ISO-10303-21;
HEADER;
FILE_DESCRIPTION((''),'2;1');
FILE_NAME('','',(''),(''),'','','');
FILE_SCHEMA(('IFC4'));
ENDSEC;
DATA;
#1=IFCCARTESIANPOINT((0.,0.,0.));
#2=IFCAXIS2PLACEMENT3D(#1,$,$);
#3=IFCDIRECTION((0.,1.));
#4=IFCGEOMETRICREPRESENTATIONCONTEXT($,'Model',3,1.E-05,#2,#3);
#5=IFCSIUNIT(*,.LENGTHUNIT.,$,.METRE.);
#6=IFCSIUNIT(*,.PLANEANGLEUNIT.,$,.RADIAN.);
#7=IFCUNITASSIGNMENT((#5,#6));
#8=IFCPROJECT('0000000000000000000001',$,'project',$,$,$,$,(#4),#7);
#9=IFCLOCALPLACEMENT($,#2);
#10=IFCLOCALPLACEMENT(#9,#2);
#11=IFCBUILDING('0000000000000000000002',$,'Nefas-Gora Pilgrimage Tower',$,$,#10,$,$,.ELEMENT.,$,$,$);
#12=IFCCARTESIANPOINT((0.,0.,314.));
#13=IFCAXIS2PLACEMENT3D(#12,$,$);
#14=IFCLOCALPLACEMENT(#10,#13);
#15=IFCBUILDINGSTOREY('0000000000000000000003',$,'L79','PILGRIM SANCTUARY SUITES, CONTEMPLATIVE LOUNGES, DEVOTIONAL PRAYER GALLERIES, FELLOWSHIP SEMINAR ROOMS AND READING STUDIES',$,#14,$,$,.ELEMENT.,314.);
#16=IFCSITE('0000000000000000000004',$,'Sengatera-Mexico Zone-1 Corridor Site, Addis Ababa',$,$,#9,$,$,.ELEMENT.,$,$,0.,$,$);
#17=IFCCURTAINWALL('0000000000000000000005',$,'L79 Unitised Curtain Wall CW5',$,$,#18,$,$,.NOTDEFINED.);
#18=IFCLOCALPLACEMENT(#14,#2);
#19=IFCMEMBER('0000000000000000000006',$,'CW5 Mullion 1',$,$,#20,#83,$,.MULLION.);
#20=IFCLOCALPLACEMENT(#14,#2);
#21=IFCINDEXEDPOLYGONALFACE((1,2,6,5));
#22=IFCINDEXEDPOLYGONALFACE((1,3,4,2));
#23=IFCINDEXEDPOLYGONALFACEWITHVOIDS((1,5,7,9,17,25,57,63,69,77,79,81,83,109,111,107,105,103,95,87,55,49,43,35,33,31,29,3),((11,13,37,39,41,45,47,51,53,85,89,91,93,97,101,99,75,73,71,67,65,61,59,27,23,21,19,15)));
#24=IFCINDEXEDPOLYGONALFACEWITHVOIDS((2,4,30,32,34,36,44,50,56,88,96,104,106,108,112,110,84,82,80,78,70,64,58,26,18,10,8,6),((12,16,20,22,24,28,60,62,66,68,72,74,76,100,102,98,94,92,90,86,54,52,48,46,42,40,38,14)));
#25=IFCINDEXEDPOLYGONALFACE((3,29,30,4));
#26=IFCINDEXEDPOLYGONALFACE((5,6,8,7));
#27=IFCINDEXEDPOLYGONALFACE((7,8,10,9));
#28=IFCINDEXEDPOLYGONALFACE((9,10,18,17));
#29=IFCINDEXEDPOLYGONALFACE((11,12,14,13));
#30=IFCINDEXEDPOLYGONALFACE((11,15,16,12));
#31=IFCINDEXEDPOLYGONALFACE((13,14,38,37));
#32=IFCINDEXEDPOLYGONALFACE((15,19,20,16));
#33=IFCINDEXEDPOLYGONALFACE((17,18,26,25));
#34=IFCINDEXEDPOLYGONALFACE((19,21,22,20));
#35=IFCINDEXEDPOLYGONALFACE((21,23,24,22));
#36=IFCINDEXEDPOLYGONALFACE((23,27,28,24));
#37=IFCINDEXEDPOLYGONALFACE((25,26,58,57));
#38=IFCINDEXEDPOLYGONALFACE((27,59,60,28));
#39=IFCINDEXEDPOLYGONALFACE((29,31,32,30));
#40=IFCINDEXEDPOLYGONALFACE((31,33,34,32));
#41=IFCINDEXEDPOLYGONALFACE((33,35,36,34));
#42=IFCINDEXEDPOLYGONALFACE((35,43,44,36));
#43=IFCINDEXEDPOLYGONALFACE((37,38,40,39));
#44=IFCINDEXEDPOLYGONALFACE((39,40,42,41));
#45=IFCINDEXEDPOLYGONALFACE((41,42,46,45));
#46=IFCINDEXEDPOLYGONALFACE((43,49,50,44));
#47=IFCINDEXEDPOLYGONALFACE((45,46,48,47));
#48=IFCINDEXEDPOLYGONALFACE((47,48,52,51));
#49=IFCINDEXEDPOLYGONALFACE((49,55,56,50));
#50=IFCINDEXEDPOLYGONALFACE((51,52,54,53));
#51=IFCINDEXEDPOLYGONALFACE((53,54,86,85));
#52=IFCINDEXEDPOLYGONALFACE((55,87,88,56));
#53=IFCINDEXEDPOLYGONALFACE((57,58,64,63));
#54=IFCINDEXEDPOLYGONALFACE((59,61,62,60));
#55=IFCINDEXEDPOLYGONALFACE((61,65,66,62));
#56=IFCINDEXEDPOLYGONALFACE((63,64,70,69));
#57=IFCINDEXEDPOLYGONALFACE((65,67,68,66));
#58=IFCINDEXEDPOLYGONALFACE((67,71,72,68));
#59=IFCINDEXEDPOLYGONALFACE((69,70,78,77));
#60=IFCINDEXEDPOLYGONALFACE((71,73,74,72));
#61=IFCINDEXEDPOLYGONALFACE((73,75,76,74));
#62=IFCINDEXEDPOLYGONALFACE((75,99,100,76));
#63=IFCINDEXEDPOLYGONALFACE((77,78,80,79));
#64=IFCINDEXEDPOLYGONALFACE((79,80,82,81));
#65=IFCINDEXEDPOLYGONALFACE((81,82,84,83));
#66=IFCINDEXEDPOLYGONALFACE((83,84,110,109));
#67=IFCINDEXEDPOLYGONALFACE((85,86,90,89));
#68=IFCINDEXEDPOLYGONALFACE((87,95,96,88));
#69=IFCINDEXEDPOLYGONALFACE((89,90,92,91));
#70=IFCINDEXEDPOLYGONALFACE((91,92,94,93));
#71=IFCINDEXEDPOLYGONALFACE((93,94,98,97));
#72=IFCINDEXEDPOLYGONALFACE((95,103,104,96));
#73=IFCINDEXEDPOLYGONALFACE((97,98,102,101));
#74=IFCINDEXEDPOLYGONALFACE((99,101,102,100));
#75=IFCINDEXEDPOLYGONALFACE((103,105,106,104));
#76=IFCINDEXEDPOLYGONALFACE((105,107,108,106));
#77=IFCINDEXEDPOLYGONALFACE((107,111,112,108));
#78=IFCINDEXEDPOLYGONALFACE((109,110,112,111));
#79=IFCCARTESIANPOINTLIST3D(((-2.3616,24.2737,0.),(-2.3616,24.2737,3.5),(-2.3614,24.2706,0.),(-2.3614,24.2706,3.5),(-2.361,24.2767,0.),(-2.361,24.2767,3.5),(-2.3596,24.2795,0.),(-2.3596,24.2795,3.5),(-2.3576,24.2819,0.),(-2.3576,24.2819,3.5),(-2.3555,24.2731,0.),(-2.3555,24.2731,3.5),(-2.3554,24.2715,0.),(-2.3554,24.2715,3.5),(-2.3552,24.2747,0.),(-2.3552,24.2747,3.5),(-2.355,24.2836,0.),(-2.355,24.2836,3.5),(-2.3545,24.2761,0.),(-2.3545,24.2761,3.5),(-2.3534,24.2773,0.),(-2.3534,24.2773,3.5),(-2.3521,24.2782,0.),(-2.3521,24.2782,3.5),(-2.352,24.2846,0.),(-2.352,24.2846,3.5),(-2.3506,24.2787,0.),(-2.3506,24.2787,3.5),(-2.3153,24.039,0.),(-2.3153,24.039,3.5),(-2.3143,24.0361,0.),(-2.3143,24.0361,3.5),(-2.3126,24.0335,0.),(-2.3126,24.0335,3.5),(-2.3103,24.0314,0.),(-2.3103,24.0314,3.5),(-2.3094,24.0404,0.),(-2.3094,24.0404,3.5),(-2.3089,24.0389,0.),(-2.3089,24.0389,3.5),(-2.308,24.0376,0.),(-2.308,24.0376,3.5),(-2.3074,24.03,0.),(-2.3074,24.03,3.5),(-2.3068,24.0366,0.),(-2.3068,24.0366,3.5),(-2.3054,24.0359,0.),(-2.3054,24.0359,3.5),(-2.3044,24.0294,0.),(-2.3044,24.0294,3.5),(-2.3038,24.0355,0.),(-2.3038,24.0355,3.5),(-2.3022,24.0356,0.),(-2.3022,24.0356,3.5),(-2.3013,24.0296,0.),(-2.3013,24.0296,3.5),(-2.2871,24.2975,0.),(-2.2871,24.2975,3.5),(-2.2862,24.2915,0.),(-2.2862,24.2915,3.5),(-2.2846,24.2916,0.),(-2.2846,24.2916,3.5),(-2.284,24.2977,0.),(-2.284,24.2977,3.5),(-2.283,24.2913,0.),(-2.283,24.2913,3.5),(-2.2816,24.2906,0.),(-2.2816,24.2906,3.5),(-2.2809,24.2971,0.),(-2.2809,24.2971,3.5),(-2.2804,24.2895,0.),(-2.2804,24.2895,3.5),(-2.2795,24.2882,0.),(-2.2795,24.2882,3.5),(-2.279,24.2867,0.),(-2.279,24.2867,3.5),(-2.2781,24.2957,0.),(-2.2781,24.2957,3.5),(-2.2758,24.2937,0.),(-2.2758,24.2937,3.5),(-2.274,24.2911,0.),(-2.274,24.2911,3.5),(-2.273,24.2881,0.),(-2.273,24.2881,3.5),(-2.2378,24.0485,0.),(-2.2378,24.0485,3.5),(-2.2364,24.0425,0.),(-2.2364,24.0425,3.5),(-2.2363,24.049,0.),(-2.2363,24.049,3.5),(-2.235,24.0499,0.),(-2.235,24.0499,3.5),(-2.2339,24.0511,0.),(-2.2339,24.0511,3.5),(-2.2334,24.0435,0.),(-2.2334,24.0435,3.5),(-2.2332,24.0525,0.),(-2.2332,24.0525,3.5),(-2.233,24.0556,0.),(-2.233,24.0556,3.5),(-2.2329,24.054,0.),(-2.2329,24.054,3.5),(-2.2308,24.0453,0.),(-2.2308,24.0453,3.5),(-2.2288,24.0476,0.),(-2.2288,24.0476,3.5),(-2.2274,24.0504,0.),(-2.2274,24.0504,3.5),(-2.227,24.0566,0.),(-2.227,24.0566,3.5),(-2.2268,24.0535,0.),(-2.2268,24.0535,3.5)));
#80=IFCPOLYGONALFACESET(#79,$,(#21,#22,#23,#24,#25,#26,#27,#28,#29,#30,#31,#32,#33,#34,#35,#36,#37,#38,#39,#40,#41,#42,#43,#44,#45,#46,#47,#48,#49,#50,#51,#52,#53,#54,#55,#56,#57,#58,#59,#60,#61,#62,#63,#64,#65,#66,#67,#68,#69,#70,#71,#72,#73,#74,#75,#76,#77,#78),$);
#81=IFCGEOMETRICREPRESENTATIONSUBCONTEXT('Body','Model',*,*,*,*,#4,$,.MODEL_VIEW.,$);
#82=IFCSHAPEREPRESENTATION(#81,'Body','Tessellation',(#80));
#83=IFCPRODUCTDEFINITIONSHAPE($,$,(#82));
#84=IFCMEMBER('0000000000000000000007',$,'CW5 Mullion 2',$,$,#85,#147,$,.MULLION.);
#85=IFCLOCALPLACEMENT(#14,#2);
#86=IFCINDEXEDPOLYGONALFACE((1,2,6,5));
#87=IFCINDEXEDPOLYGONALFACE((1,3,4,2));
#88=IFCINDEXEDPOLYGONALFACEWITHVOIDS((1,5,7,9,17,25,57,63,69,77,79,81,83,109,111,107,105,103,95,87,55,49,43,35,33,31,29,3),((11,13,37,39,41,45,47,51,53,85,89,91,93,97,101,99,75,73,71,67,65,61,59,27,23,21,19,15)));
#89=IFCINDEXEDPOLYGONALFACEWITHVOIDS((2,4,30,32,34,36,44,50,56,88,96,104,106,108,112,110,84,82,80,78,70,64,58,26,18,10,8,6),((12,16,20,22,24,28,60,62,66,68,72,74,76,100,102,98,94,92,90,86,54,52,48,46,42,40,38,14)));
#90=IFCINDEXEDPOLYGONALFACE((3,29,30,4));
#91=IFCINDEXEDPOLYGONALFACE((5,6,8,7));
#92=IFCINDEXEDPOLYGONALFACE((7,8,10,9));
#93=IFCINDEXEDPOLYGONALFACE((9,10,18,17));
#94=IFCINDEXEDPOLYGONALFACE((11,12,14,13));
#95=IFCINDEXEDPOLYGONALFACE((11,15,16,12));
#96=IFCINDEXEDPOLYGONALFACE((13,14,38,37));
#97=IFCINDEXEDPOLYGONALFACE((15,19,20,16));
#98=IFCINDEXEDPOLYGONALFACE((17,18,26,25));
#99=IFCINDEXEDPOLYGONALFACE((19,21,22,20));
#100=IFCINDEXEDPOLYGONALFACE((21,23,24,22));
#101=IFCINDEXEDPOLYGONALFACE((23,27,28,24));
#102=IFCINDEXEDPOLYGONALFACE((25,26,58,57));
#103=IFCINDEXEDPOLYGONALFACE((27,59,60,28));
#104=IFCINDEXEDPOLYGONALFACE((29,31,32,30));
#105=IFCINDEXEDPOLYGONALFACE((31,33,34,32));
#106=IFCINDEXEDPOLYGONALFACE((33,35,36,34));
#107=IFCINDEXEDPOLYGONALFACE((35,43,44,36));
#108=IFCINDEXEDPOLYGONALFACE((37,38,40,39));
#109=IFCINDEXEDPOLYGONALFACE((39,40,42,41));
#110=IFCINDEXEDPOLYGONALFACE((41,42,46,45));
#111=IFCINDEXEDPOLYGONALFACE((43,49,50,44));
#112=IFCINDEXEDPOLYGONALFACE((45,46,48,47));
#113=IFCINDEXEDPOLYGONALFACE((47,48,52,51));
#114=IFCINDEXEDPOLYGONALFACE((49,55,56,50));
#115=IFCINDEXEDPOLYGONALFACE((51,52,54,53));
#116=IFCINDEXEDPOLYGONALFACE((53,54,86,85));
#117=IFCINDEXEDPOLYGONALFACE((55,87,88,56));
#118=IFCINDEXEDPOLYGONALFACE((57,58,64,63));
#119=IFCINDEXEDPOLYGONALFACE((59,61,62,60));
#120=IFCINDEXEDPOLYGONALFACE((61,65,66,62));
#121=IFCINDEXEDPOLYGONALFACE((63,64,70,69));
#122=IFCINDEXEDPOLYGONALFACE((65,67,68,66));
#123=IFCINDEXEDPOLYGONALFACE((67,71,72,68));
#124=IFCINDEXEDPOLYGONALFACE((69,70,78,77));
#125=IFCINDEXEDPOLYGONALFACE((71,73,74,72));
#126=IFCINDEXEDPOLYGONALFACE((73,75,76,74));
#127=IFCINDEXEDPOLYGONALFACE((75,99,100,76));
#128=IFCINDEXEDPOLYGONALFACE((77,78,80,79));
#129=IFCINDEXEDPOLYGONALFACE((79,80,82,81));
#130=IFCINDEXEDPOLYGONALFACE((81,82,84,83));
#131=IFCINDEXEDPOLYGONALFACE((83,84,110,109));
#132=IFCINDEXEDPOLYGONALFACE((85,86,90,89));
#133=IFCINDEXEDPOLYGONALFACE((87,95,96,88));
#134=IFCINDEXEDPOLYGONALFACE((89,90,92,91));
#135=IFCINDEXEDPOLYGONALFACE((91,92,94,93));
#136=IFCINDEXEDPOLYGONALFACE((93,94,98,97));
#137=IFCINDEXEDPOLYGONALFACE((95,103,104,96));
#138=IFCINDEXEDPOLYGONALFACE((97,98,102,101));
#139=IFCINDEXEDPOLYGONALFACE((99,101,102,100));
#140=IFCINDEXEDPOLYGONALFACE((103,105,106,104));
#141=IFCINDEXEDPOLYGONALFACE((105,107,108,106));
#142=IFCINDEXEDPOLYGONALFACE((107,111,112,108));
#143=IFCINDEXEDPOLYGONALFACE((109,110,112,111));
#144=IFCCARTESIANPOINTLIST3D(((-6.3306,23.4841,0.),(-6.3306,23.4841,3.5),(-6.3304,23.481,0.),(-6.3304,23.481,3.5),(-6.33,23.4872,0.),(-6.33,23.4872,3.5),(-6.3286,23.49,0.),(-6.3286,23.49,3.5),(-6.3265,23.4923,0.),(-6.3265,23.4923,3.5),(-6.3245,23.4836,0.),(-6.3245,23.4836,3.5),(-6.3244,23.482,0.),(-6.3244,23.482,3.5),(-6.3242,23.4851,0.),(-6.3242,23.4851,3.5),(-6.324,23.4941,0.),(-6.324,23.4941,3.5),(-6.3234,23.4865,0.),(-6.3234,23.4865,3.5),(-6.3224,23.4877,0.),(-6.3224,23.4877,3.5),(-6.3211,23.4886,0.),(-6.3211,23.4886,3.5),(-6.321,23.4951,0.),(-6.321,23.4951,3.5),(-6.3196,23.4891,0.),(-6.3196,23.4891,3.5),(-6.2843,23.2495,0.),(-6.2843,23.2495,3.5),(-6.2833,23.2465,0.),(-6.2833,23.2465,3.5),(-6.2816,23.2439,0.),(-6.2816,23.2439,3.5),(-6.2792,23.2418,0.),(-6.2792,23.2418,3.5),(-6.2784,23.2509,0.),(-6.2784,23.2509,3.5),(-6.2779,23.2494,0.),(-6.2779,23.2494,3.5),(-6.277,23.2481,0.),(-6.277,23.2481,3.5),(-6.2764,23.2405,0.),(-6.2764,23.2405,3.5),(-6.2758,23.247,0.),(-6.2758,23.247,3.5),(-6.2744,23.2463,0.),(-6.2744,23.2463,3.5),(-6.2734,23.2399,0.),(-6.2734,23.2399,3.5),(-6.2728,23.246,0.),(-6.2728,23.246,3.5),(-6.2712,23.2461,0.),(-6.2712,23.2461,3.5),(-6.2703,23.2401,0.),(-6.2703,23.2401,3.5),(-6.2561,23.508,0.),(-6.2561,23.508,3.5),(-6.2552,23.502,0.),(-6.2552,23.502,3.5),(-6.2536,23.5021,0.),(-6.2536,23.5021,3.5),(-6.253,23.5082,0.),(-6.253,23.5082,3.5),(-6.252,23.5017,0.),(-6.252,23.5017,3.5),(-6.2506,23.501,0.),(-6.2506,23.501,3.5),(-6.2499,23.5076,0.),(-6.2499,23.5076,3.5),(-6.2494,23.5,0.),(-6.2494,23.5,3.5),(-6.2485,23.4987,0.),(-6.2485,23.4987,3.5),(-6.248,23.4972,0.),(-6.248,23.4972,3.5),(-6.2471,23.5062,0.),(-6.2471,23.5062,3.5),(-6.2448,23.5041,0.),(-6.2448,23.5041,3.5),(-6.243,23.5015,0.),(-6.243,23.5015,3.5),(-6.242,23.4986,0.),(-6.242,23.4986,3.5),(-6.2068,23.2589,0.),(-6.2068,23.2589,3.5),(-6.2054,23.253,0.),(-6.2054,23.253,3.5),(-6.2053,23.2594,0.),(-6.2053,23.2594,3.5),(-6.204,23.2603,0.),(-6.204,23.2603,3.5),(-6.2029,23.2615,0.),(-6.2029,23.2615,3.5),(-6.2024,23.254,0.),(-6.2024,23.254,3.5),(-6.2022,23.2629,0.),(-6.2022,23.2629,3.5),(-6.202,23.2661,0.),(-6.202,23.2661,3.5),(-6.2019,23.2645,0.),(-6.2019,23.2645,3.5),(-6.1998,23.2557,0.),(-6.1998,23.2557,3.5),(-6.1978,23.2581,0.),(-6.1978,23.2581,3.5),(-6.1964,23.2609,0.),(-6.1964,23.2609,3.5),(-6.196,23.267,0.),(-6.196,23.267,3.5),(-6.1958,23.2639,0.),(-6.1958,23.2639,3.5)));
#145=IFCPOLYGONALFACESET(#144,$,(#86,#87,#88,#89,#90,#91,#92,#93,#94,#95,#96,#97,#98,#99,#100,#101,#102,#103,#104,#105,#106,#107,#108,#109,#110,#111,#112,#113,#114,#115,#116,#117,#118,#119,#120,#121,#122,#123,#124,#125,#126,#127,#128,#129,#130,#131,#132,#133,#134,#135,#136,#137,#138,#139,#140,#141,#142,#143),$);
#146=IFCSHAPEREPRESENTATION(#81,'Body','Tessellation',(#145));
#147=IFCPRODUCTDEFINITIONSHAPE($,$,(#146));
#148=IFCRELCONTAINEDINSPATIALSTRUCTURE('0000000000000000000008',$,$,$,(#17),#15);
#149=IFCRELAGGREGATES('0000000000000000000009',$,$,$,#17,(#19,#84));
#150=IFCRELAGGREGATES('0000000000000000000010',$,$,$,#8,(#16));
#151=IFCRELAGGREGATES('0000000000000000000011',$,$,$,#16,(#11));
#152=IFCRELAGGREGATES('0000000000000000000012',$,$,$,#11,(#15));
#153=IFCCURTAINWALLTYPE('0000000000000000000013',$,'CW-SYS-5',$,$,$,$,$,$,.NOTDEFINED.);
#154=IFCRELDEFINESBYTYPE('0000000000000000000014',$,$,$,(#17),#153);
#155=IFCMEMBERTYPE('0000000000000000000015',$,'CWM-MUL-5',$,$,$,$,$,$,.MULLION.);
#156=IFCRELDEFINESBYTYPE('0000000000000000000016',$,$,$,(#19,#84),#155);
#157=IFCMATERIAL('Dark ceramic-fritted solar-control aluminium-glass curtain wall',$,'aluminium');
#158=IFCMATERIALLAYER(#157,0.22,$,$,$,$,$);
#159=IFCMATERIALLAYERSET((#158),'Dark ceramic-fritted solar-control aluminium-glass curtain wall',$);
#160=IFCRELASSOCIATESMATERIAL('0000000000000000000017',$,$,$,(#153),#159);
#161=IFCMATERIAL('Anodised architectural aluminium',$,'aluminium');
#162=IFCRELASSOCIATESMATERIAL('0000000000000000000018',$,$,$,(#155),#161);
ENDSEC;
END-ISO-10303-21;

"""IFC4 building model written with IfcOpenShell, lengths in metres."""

from ifc_helpers import new_model, si_unit, direction, frame, origin, origin_2d, place, context, subcontext, project, spatial, hollow_rectangle, extrude, source, transform, mapped, material, layer, layer_set, material_profile, profile_set, type_object, element, aggregate, save


model = new_model("IFC4")

# Units and contexts
model_context = context("Model", 3, precision=1e-05, world=origin(), true_north=direction((0.0, 1.0)))
body_context = subcontext(model_context, "Body", "Model", "MODEL_VIEW")
ifc_project = project(units=[si_unit("LENGTHUNIT", "METRE"), si_unit("PLANEANGLEUNIT", "RADIAN")], contexts=[model_context])

# Site, building, storey
site_placement = place(None, origin())
site = spatial("IfcSite", under=ifc_project, at=site_placement, Name="Sengatera-Mexico Zone-1 Corridor Site, Addis Ababa", CompositionType="ELEMENT", RefElevation=0.0)
building_placement = place(site_placement, origin())
building = spatial("IfcBuilding", under=site, at=building_placement, Name="Nefas-Gora Pilgrimage Tower", CompositionType="ELEMENT")
storey_placement = place(building_placement, frame((0.0, 0.0, 314.0)))
storey = spatial("IfcBuildingStorey", under=building, at=storey_placement, Name="L79", Description="PILGRIM SANCTUARY SUITES, CONTEMPLATIVE LOUNGES, DEVOTIONAL PRAYER GALLERIES, FELLOWSHIP SEMINAR ROOMS AND READING STUDIES", CompositionType="ELEMENT", Elevation=314.0)

# Shared definitions
ifc_material_1 = material(Name="Dark ceramic-fritted solar-control aluminium-glass curtain wall", Category="aluminium")
ifc_layer_1 = layer(ifc_material_1, 0.22)
ifc_layer_set_1 = layer_set([ifc_layer_1], Name="Dark ceramic-fritted solar-control aluminium-glass curtain wall")
curtain_wall_type = type_object("IfcCurtainWallType", Name="CW-SYS-5", PredefinedType="NOTDEFINED", material=ifc_layer_set_1)
ifc_material_2 = material(Name="Anodised architectural aluminium", Category="aluminium")

# Curtain wall, members
curtain_wall_1_placement = place(storey_placement, origin())
curtain_wall_1 = element("IfcCurtainWall", 1, at=curtain_wall_1_placement, inside=storey, type_object=curtain_wall_type, Name="L79 Unitised Curtain Wall CW5", PredefinedType="NOTDEFINED")
ifc_material_profile_1 = material_profile(ifc_material_2, hollow_rectangle(XDim=0.0901, YDim=0.26, WallThickness=0.0061, InnerFilletRadius=0.0061, OuterFilletRadius=0.012, at=origin_2d()), Name="ALU MULLION 90x260")
ifc_profile_set_1 = profile_set([ifc_material_profile_1], Name="Anodised architectural aluminium")
member_type_1 = type_object("IfcMemberType", Name="CWM-MUL-5", PredefinedType="MULLION", material=ifc_profile_set_1)
shared_shape_1 = source(origin(), body_context, "Body", "SweptSolid", [
    extrude(hollow_rectangle(XDim=0.0901, YDim=0.26, WallThickness=0.0061, InnerFilletRadius=0.0061, OuterFilletRadius=0.012, at=origin_2d()), origin(), (0.0, 0.0, 1.0), 3.5),
])
member_1_placement = place(storey_placement, frame((-2.2942, 24.1636, 0.0), z_axis=(0.0, 0.0, 1.0), x_axis=(-0.980783, -0.195102, 0.0)))
member_1 = element("IfcMember", 2, at=member_1_placement, type_object=member_type_1, Name="CW5 Mullion 1", PredefinedType="MULLION", context=body_context, shape_type="MappedRepresentation", body=[
    mapped(shared_shape_1, transform((0.0, 0.0, 0.0), x_axis=(1.0, 0.0, 0.0), y_axis=(0.0, 1.0, 0.0), z_axis=(0.0, 0.0, 1.0), scale=1.0)),
])
member_2_placement = place(storey_placement, frame((-6.2632, 23.374, 0.0), z_axis=(0.0, 0.0, 1.0), x_axis=(-0.980783, -0.195102, 0.0)))
member_2 = element("IfcMember", 3, at=member_2_placement, type_object=member_type_1, Name="CW5 Mullion 2", PredefinedType="MULLION", context=body_context, shape_type="MappedRepresentation", body=[
    mapped(shared_shape_1, transform((0.0, 0.0, 0.0), x_axis=(1.0, 0.0, 0.0), y_axis=(0.0, 1.0, 0.0), z_axis=(0.0, 0.0, 1.0), scale=1.0)),
])

aggregate(curtain_wall_1, [member_1, member_2])

save(model, "model.ifc")
